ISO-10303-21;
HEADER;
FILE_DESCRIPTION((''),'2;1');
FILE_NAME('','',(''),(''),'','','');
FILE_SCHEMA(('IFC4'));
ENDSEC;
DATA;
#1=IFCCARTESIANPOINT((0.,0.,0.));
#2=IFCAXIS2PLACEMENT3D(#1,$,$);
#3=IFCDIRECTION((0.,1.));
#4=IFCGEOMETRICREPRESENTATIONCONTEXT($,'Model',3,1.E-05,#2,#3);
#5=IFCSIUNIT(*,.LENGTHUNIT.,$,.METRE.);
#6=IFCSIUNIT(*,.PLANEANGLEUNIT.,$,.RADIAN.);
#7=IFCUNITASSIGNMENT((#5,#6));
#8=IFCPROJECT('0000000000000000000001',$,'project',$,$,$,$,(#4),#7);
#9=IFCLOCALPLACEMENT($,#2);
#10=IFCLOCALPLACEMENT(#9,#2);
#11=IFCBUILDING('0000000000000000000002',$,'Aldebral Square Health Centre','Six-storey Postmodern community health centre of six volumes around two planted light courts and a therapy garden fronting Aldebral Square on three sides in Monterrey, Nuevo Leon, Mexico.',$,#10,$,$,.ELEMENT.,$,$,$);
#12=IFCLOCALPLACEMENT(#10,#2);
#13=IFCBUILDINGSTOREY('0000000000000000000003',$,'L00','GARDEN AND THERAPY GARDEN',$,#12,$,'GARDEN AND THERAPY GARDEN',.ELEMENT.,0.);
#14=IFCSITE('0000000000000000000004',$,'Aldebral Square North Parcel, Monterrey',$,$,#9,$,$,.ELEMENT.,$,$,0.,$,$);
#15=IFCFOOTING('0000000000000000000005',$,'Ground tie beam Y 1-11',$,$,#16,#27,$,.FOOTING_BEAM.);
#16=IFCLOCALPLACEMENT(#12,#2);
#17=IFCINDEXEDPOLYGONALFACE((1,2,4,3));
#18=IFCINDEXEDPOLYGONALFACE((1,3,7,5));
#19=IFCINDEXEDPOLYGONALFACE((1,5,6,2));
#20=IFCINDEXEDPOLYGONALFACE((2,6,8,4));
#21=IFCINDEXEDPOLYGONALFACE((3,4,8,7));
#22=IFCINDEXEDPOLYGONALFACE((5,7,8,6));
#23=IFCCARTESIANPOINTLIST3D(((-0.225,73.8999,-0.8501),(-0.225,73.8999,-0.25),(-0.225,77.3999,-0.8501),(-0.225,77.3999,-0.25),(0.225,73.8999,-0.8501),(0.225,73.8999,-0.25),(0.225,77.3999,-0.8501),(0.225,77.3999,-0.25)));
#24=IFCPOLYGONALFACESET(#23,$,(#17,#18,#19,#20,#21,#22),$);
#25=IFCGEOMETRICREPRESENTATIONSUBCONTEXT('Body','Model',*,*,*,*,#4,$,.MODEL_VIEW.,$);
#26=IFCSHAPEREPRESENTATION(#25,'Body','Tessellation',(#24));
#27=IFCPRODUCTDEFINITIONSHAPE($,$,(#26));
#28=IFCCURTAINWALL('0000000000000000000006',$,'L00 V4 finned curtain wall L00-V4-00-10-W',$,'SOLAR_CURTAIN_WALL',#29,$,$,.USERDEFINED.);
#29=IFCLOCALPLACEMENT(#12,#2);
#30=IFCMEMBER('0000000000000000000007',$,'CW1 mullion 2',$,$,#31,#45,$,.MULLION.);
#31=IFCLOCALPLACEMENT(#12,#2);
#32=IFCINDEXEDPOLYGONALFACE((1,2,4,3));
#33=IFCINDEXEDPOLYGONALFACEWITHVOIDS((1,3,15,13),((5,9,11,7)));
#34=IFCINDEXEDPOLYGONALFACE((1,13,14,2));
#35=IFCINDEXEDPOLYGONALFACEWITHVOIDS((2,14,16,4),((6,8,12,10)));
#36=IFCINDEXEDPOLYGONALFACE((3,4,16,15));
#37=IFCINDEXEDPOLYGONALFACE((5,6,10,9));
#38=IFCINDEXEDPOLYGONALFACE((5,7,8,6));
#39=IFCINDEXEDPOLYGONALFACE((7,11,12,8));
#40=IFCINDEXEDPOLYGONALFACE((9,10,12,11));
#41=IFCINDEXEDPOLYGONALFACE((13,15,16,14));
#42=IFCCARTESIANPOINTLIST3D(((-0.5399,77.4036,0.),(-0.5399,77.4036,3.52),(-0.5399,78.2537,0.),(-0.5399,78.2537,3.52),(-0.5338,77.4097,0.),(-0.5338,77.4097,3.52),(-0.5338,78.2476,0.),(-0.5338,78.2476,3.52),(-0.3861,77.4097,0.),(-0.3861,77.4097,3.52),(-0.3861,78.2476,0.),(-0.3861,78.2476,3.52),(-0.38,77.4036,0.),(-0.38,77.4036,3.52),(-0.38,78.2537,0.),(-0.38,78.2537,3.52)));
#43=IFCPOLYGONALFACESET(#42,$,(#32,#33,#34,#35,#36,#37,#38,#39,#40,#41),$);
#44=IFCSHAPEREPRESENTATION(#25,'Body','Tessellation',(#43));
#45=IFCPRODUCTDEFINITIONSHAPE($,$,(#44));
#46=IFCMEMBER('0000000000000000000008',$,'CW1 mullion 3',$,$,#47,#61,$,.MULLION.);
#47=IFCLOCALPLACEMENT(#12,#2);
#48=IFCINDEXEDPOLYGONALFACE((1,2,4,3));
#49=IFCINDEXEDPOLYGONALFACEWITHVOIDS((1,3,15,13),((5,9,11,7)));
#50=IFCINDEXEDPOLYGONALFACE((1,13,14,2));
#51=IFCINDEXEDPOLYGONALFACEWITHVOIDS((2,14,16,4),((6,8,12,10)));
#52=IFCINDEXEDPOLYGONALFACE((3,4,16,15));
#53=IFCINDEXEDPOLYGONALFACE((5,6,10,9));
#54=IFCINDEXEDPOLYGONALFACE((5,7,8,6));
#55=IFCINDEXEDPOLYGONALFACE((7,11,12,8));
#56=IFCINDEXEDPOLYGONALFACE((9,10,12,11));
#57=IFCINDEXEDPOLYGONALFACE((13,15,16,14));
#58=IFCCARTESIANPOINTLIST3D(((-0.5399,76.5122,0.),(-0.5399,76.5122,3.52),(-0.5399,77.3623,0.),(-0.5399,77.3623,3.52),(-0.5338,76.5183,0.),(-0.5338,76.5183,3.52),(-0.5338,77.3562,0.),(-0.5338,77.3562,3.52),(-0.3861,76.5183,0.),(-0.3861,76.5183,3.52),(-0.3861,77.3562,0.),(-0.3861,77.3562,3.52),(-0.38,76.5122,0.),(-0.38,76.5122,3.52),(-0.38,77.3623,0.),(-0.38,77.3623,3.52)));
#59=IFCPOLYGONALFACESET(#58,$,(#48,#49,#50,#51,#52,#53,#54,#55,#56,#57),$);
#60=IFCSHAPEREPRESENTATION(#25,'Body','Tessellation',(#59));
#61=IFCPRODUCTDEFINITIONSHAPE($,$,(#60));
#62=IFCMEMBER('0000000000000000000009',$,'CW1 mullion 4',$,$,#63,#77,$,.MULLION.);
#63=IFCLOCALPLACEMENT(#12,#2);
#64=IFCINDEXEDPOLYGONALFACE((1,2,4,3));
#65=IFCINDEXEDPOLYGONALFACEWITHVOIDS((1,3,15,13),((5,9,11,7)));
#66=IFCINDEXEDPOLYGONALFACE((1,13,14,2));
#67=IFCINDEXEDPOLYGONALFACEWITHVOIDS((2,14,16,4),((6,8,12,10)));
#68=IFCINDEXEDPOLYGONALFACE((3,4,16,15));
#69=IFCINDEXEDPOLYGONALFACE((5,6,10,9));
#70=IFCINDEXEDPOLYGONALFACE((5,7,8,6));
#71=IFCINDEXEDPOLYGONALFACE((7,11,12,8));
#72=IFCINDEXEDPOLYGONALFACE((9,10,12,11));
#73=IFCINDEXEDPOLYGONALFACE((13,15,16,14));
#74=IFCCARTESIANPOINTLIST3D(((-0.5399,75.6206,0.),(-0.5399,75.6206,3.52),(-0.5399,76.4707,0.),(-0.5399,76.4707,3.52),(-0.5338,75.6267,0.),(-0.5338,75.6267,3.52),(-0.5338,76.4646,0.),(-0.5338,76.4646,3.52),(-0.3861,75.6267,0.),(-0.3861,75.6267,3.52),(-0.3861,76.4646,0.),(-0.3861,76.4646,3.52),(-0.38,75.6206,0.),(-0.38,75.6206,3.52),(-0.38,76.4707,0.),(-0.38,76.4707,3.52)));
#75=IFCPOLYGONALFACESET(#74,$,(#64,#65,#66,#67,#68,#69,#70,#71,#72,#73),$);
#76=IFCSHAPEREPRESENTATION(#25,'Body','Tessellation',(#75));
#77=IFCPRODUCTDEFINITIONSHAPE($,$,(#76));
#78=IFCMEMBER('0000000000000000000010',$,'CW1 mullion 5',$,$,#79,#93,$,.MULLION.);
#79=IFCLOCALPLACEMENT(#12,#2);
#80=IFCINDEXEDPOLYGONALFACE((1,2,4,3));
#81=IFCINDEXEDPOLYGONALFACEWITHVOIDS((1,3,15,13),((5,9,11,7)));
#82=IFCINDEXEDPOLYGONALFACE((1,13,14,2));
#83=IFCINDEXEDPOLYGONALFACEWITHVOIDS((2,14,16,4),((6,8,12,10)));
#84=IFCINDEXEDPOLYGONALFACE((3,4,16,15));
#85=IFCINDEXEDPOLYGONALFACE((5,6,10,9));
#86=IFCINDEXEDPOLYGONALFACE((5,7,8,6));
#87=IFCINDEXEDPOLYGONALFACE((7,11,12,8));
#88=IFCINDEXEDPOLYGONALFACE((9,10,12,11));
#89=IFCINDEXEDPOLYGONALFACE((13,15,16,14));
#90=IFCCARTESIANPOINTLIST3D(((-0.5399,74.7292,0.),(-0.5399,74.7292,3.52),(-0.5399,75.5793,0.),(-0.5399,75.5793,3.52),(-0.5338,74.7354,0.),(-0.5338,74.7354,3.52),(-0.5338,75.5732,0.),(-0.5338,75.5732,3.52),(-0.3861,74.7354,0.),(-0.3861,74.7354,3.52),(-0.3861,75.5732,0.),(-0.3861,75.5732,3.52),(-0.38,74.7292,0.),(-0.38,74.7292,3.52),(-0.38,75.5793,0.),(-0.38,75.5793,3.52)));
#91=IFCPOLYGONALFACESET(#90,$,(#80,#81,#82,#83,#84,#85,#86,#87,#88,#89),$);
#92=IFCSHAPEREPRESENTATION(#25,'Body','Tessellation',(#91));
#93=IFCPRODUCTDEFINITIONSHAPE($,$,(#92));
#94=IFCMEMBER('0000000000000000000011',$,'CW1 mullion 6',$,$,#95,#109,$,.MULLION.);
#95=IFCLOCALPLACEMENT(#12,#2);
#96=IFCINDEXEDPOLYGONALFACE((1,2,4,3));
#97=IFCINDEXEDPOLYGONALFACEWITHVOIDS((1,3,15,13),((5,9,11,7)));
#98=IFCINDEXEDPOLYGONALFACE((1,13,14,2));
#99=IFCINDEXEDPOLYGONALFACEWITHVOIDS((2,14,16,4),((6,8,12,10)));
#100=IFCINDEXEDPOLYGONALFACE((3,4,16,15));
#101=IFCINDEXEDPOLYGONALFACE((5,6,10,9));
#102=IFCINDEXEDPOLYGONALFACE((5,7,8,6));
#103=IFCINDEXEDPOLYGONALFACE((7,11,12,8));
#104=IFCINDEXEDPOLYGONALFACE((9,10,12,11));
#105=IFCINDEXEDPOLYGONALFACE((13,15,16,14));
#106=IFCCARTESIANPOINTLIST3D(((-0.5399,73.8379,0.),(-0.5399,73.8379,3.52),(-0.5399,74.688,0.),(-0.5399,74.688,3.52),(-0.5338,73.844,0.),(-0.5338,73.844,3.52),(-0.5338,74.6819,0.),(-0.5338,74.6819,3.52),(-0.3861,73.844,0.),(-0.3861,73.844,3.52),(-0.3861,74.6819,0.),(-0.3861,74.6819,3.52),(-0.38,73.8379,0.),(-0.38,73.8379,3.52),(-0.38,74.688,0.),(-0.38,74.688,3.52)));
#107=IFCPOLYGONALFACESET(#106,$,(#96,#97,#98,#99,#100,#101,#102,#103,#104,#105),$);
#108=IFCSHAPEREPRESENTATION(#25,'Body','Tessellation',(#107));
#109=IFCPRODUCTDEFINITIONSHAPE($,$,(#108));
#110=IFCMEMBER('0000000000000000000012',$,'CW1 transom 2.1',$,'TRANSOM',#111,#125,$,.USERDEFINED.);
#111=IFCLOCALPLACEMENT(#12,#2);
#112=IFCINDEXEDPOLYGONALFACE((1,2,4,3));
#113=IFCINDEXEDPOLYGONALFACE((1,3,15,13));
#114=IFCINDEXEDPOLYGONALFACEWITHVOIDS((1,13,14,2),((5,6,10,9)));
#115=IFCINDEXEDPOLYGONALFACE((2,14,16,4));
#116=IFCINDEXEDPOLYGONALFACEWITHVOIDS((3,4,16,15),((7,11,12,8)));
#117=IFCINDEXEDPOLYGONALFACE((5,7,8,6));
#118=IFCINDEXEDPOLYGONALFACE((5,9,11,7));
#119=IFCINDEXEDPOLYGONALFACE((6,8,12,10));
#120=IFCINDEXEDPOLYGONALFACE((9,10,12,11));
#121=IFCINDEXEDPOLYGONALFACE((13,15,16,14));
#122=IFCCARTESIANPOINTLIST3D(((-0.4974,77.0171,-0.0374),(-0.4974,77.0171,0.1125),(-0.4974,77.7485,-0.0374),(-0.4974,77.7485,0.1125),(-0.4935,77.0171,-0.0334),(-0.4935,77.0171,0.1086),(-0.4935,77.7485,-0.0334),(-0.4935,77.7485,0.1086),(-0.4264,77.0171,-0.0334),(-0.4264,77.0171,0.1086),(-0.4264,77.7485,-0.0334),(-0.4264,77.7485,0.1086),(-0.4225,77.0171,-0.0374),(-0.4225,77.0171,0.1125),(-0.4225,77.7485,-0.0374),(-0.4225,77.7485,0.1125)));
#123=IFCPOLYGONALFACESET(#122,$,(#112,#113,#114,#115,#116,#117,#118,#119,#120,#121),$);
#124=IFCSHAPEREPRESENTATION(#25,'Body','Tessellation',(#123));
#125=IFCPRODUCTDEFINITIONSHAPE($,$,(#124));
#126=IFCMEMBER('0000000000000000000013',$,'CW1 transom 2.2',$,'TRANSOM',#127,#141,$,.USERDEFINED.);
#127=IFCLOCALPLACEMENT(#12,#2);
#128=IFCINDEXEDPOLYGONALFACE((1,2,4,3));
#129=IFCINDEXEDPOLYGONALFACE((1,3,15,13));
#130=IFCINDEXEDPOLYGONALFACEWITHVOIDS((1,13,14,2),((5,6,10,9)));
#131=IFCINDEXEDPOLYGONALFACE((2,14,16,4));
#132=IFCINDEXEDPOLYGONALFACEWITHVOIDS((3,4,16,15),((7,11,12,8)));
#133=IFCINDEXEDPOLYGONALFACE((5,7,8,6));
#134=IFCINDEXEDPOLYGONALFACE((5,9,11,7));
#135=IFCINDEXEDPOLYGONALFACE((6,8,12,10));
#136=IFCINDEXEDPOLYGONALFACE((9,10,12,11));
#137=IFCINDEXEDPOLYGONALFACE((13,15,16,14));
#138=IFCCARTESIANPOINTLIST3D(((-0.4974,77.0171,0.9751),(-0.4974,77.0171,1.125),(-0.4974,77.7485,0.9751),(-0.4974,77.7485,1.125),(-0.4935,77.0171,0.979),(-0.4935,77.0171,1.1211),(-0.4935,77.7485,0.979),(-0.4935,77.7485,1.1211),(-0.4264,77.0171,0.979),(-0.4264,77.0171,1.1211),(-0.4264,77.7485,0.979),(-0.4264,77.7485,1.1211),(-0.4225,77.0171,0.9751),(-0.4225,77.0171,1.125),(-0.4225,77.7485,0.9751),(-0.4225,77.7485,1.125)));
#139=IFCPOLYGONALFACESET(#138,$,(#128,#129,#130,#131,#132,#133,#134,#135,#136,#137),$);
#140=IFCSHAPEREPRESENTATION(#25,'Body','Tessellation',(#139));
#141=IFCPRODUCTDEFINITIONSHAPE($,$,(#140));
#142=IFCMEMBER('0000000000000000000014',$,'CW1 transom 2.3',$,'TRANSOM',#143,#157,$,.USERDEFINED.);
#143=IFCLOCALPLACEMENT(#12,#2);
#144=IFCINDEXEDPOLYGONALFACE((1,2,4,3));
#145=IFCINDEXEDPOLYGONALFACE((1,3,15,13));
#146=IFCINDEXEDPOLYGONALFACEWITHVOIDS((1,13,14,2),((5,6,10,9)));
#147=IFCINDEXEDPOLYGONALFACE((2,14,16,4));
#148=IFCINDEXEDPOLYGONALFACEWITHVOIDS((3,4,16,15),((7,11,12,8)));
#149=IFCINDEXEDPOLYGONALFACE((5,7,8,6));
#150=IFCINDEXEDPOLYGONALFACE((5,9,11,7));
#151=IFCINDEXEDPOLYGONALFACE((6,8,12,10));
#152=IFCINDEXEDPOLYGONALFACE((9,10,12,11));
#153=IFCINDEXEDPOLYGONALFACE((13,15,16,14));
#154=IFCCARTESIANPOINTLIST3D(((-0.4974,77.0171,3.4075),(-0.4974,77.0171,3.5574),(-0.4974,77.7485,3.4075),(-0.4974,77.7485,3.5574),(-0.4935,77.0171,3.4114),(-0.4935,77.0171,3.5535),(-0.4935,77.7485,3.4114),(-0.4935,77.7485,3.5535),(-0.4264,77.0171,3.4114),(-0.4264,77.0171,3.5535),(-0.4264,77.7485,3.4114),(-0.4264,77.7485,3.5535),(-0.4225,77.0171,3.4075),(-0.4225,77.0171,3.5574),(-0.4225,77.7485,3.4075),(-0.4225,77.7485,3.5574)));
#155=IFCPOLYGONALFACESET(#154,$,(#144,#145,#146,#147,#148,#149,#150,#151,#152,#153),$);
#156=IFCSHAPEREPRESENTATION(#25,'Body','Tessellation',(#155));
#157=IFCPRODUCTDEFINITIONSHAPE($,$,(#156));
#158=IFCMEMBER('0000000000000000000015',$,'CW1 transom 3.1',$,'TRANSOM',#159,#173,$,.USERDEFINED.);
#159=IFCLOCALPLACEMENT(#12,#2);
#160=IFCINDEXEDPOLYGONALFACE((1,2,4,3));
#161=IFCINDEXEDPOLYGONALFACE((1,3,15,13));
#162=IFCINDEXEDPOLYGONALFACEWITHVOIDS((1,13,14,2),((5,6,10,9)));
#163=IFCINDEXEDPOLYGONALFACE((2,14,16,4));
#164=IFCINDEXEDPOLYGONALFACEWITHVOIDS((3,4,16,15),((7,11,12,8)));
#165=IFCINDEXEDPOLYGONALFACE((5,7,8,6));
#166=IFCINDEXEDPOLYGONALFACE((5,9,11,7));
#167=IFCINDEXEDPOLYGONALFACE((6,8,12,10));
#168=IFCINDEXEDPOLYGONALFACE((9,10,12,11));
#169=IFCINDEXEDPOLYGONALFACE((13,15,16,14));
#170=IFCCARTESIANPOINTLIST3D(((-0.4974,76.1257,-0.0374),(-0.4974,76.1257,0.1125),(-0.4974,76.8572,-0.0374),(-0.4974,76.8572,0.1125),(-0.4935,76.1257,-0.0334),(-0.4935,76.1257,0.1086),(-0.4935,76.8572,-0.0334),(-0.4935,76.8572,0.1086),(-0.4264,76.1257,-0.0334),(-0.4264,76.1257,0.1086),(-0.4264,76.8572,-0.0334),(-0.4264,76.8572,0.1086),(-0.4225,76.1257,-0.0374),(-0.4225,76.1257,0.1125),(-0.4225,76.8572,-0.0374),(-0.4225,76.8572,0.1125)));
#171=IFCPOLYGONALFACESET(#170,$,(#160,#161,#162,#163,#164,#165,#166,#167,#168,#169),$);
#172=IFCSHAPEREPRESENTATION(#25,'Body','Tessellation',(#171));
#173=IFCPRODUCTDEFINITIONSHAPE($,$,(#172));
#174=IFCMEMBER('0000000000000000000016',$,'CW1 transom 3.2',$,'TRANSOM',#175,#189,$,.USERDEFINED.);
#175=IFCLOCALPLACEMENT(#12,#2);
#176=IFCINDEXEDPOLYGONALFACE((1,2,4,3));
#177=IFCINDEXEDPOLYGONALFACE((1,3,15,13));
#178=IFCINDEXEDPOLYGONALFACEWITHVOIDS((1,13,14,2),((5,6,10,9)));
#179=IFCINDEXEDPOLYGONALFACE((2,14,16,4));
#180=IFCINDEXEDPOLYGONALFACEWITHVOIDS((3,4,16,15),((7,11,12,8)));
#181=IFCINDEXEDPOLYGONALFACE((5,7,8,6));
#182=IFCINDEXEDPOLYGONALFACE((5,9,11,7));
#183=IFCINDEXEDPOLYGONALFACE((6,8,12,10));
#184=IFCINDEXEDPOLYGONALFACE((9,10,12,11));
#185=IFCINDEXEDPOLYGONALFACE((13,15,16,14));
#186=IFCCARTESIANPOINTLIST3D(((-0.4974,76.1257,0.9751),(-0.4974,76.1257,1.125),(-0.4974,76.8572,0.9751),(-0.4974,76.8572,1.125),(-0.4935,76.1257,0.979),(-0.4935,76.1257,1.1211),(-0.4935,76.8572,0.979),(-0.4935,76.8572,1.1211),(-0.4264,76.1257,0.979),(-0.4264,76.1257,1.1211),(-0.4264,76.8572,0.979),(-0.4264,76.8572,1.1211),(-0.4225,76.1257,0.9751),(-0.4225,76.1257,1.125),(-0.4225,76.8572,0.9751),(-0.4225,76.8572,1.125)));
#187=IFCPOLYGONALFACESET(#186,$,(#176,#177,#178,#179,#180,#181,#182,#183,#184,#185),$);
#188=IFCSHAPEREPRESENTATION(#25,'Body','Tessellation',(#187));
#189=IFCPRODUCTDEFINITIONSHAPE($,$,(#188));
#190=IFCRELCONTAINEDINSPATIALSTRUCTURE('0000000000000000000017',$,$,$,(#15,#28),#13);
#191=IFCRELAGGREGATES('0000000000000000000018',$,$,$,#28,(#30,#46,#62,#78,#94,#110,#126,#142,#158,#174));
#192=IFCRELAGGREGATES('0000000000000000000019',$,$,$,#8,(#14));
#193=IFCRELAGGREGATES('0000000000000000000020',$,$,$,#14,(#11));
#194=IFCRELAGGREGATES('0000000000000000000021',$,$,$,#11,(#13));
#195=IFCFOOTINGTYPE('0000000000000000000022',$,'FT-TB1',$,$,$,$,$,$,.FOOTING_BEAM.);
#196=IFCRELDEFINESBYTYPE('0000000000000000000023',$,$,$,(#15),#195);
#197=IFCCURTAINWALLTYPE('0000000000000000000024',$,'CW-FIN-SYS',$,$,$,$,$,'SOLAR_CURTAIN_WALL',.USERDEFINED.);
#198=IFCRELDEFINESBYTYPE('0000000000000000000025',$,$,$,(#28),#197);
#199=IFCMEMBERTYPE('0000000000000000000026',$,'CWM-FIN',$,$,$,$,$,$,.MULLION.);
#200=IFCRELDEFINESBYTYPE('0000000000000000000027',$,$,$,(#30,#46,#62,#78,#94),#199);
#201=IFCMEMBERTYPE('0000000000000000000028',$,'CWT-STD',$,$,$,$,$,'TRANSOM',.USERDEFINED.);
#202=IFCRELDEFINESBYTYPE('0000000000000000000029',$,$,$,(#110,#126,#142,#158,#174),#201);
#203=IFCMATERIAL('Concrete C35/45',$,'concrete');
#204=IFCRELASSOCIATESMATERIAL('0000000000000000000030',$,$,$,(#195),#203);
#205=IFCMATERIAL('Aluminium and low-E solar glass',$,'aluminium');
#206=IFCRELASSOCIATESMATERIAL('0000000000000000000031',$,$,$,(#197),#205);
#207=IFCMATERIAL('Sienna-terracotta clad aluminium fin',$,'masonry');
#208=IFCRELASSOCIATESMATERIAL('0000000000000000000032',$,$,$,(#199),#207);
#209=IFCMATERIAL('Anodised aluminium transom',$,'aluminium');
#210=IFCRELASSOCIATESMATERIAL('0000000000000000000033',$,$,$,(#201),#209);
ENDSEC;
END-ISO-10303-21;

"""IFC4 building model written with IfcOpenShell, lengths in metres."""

from ifc_helpers import new_model, si_unit, direction, frame, origin, origin_2d, place, context, subcontext, project, spatial, rectangle, hollow_rectangle, extrude, material, material_profile, profile_set, type_object, element, aggregate, save


model = new_model("IFC4")

# Units and contexts
model_context = context("Model", 3, precision=1e-05, world=origin(), true_north=direction((0.0, 1.0)))
body_context = subcontext(model_context, "Body", "Model", "MODEL_VIEW")
ifc_project = project(units=[si_unit("LENGTHUNIT", "METRE"), si_unit("PLANEANGLEUNIT", "RADIAN")], contexts=[model_context])

# Site, building, storey
site_placement = place(None, origin())
site = spatial("IfcSite", under=ifc_project, at=site_placement, Name="Aldebral Square North Parcel, Monterrey", CompositionType="ELEMENT", RefElevation=0.0)
building_placement = place(site_placement, origin())
building = spatial("IfcBuilding", under=site, at=building_placement, Name="Aldebral Square Health Centre", Description="Six-storey Postmodern community health centre of six volumes around two planted light courts and a therapy garden fronting Aldebral Square on three sides in Monterrey, Nuevo Leon, Mexico.", CompositionType="ELEMENT")
storey_placement = place(building_placement, origin())
storey = spatial("IfcBuildingStorey", under=building, at=storey_placement, Name="L00", Description="GARDEN AND THERAPY GARDEN", LongName="GARDEN AND THERAPY GARDEN", CompositionType="ELEMENT", Elevation=0.0)

# Footing
ifc_material_1 = material(Name="Concrete C35/45", Category="concrete")
ifc_material_profile_1 = material_profile(ifc_material_1, rectangle(XDim=0.45, YDim=0.6001, at=origin_2d()), Name="RC 450x600")
ifc_profile_set_1 = profile_set([ifc_material_profile_1], Name="Concrete C35/45")
footing_type = type_object("IfcFootingType", Name="FT-TB1", PredefinedType="FOOTING_BEAM", material=ifc_profile_set_1)
footing_placement = place(storey_placement, frame((0.0, 73.8999, -0.55), z_axis=(0.0, 1.0, 0.0), x_axis=(-1.0, 0.0, 0.0)))
element("IfcFooting", 1, at=footing_placement, inside=storey, type_object=footing_type, Name="Ground tie beam Y 1-11", PredefinedType="FOOTING_BEAM", context=body_context, shape_type="SweptSolid", body=[
    extrude(rectangle(XDim=0.45, YDim=0.6001, at=origin_2d()), origin(), (0.0, 0.0, 1.0), 3.5),
])

# Curtain wall, members
ifc_material_2 = material(Name="Aluminium and low-E solar glass", Category="aluminium")
curtain_wall_type = type_object("IfcCurtainWallType", Name="CW-FIN-SYS", ElementType="SOLAR_CURTAIN_WALL", PredefinedType="USERDEFINED", material=ifc_material_2)
curtain_wall_placement = place(storey_placement, origin())
curtain_wall = element("IfcCurtainWall", 2, at=curtain_wall_placement, inside=storey, type_object=curtain_wall_type, Name="L00 V4 finned curtain wall L00-V4-00-10-W", ObjectType="SOLAR_CURTAIN_WALL", PredefinedType="USERDEFINED")
ifc_material_3 = material(Name="Sienna-terracotta clad aluminium fin", Category="masonry")
ifc_material_profile_2 = material_profile(ifc_material_3, hollow_rectangle(XDim=0.1599, YDim=0.8501, WallThickness=0.0061, at=origin_2d()), Name="FIN 160x850x6")
ifc_profile_set_2 = profile_set([ifc_material_profile_2], Name="Sienna-terracotta clad aluminium fin")
member_type_1 = type_object("IfcMemberType", Name="CWM-FIN", PredefinedType="MULLION", material=ifc_profile_set_2)
member_1_placement = place(storey_placement, frame((-0.46, 77.8286, 0.0), z_axis=(0.0, 0.0, 1.0), x_axis=(1.0, 0.0, 0.0)))
member_1 = element("IfcMember", 3, at=member_1_placement, type_object=member_type_1, Name="CW1 mullion 2", PredefinedType="MULLION", context=body_context, shape_type="SweptSolid", body=[
    extrude(hollow_rectangle(XDim=0.1599, YDim=0.8501, WallThickness=0.0061, at=origin_2d()), origin(), (0.0, 0.0, 1.0), 3.52),
])
member_2_placement = place(storey_placement, frame((-0.46, 76.9373, 0.0), z_axis=(0.0, 0.0, 1.0), x_axis=(1.0, 0.0, 0.0)))
member_2 = element("IfcMember", 4, at=member_2_placement, type_object=member_type_1, Name="CW1 mullion 3", PredefinedType="MULLION", context=body_context, shape_type="SweptSolid", body=[
    extrude(hollow_rectangle(XDim=0.1599, YDim=0.8501, WallThickness=0.0061, at=origin_2d()), origin(), (0.0, 0.0, 1.0), 3.52),
])
member_3_placement = place(storey_placement, frame((-0.46, 76.0457, 0.0), z_axis=(0.0, 0.0, 1.0), x_axis=(1.0, 0.0, 0.0)))
member_3 = element("IfcMember", 5, at=member_3_placement, type_object=member_type_1, Name="CW1 mullion 4", PredefinedType="MULLION", context=body_context, shape_type="SweptSolid", body=[
    extrude(hollow_rectangle(XDim=0.1599, YDim=0.8501, WallThickness=0.0061, at=origin_2d()), origin(), (0.0, 0.0, 1.0), 3.52),
])
member_4_placement = place(storey_placement, frame((-0.46, 75.1543, 0.0), z_axis=(0.0, 0.0, 1.0), x_axis=(1.0, 0.0, 0.0)))
member_4 = element("IfcMember", 6, at=member_4_placement, type_object=member_type_1, Name="CW1 mullion 5", PredefinedType="MULLION", context=body_context, shape_type="SweptSolid", body=[
    extrude(hollow_rectangle(XDim=0.1599, YDim=0.8501, WallThickness=0.0061, at=origin_2d()), origin(), (0.0, 0.0, 1.0), 3.52),
])
member_5_placement = place(storey_placement, frame((-0.46, 74.2629, 0.0), z_axis=(0.0, 0.0, 1.0), x_axis=(1.0, 0.0, 0.0)))
member_5 = element("IfcMember", 7, at=member_5_placement, type_object=member_type_1, Name="CW1 mullion 6", PredefinedType="MULLION", context=body_context, shape_type="SweptSolid", body=[
    extrude(hollow_rectangle(XDim=0.1599, YDim=0.8501, WallThickness=0.0061, at=origin_2d()), origin(), (0.0, 0.0, 1.0), 3.52),
])
ifc_material_4 = material(Name="Anodised aluminium transom", Category="aluminium")
ifc_material_profile_3 = material_profile(ifc_material_4, hollow_rectangle(XDim=0.075, YDim=0.1499, WallThickness=0.0039, at=origin_2d()), Name="CWT 75x150x4")
ifc_profile_set_3 = profile_set([ifc_material_profile_3], Name="Anodised aluminium transom")
member_type_2 = type_object("IfcMemberType", Name="CWT-STD", ElementType="TRANSOM", PredefinedType="USERDEFINED", material=ifc_profile_set_3)
member_6_placement = place(storey_placement, frame((-0.46, 77.7485, 0.0376), z_axis=(0.0, -1.0, 0.0), x_axis=(1.0, 0.0, 0.0)))
member_6 = element("IfcMember", 8, at=member_6_placement, type_object=member_type_2, Name="CW1 transom 2.1", ObjectType="TRANSOM", PredefinedType="USERDEFINED", context=body_context, shape_type="SweptSolid", body=[
    extrude(hollow_rectangle(XDim=0.075, YDim=0.1499, WallThickness=0.0039, at=origin_2d()), origin(), (0.0, 0.0, 1.0), 0.7314),
])
member_7_placement = place(storey_placement, frame((-0.46, 77.7485, 1.05), z_axis=(0.0, -1.0, 0.0), x_axis=(1.0, 0.0, 0.0)))
member_7 = element("IfcMember", 9, at=member_7_placement, type_object=member_type_2, Name="CW1 transom 2.2", ObjectType="TRANSOM", PredefinedType="USERDEFINED", context=body_context, shape_type="SweptSolid", body=[
    extrude(hollow_rectangle(XDim=0.075, YDim=0.1499, WallThickness=0.0039, at=origin_2d()), origin(), (0.0, 0.0, 1.0), 0.7314),
])
member_8_placement = place(storey_placement, frame((-0.46, 77.7485, 3.4824), z_axis=(0.0, -1.0, 0.0), x_axis=(1.0, 0.0, 0.0)))
member_8 = element("IfcMember", 10, at=member_8_placement, type_object=member_type_2, Name="CW1 transom 2.3", ObjectType="TRANSOM", PredefinedType="USERDEFINED", context=body_context, shape_type="SweptSolid", body=[
    extrude(hollow_rectangle(XDim=0.075, YDim=0.1499, WallThickness=0.0039, at=origin_2d()), origin(), (0.0, 0.0, 1.0), 0.7314),
])
member_9_placement = place(storey_placement, frame((-0.46, 76.8572, 0.0376), z_axis=(0.0, -1.0, 0.0), x_axis=(1.0, 0.0, 0.0)))
member_9 = element("IfcMember", 11, at=member_9_placement, type_object=member_type_2, Name="CW1 transom 3.1", ObjectType="TRANSOM", PredefinedType="USERDEFINED", context=body_context, shape_type="SweptSolid", body=[
    extrude(hollow_rectangle(XDim=0.075, YDim=0.1499, WallThickness=0.0039, at=origin_2d()), origin(), (0.0, 0.0, 1.0), 0.7314),
])
member_10_placement = place(storey_placement, frame((-0.46, 76.8572, 1.05), z_axis=(0.0, -1.0, 0.0), x_axis=(1.0, 0.0, 0.0)))
member_10 = element("IfcMember", 12, at=member_10_placement, type_object=member_type_2, Name="CW1 transom 3.2", ObjectType="TRANSOM", PredefinedType="USERDEFINED", context=body_context, shape_type="SweptSolid", body=[
    extrude(hollow_rectangle(XDim=0.075, YDim=0.1499, WallThickness=0.0039, at=origin_2d()), origin(), (0.0, 0.0, 1.0), 0.7314),
])
aggregate(curtain_wall, [member_1, member_2, member_3, member_4, member_5, member_6, member_7, member_8, member_9, member_10])

save(model, "model.ifc")
